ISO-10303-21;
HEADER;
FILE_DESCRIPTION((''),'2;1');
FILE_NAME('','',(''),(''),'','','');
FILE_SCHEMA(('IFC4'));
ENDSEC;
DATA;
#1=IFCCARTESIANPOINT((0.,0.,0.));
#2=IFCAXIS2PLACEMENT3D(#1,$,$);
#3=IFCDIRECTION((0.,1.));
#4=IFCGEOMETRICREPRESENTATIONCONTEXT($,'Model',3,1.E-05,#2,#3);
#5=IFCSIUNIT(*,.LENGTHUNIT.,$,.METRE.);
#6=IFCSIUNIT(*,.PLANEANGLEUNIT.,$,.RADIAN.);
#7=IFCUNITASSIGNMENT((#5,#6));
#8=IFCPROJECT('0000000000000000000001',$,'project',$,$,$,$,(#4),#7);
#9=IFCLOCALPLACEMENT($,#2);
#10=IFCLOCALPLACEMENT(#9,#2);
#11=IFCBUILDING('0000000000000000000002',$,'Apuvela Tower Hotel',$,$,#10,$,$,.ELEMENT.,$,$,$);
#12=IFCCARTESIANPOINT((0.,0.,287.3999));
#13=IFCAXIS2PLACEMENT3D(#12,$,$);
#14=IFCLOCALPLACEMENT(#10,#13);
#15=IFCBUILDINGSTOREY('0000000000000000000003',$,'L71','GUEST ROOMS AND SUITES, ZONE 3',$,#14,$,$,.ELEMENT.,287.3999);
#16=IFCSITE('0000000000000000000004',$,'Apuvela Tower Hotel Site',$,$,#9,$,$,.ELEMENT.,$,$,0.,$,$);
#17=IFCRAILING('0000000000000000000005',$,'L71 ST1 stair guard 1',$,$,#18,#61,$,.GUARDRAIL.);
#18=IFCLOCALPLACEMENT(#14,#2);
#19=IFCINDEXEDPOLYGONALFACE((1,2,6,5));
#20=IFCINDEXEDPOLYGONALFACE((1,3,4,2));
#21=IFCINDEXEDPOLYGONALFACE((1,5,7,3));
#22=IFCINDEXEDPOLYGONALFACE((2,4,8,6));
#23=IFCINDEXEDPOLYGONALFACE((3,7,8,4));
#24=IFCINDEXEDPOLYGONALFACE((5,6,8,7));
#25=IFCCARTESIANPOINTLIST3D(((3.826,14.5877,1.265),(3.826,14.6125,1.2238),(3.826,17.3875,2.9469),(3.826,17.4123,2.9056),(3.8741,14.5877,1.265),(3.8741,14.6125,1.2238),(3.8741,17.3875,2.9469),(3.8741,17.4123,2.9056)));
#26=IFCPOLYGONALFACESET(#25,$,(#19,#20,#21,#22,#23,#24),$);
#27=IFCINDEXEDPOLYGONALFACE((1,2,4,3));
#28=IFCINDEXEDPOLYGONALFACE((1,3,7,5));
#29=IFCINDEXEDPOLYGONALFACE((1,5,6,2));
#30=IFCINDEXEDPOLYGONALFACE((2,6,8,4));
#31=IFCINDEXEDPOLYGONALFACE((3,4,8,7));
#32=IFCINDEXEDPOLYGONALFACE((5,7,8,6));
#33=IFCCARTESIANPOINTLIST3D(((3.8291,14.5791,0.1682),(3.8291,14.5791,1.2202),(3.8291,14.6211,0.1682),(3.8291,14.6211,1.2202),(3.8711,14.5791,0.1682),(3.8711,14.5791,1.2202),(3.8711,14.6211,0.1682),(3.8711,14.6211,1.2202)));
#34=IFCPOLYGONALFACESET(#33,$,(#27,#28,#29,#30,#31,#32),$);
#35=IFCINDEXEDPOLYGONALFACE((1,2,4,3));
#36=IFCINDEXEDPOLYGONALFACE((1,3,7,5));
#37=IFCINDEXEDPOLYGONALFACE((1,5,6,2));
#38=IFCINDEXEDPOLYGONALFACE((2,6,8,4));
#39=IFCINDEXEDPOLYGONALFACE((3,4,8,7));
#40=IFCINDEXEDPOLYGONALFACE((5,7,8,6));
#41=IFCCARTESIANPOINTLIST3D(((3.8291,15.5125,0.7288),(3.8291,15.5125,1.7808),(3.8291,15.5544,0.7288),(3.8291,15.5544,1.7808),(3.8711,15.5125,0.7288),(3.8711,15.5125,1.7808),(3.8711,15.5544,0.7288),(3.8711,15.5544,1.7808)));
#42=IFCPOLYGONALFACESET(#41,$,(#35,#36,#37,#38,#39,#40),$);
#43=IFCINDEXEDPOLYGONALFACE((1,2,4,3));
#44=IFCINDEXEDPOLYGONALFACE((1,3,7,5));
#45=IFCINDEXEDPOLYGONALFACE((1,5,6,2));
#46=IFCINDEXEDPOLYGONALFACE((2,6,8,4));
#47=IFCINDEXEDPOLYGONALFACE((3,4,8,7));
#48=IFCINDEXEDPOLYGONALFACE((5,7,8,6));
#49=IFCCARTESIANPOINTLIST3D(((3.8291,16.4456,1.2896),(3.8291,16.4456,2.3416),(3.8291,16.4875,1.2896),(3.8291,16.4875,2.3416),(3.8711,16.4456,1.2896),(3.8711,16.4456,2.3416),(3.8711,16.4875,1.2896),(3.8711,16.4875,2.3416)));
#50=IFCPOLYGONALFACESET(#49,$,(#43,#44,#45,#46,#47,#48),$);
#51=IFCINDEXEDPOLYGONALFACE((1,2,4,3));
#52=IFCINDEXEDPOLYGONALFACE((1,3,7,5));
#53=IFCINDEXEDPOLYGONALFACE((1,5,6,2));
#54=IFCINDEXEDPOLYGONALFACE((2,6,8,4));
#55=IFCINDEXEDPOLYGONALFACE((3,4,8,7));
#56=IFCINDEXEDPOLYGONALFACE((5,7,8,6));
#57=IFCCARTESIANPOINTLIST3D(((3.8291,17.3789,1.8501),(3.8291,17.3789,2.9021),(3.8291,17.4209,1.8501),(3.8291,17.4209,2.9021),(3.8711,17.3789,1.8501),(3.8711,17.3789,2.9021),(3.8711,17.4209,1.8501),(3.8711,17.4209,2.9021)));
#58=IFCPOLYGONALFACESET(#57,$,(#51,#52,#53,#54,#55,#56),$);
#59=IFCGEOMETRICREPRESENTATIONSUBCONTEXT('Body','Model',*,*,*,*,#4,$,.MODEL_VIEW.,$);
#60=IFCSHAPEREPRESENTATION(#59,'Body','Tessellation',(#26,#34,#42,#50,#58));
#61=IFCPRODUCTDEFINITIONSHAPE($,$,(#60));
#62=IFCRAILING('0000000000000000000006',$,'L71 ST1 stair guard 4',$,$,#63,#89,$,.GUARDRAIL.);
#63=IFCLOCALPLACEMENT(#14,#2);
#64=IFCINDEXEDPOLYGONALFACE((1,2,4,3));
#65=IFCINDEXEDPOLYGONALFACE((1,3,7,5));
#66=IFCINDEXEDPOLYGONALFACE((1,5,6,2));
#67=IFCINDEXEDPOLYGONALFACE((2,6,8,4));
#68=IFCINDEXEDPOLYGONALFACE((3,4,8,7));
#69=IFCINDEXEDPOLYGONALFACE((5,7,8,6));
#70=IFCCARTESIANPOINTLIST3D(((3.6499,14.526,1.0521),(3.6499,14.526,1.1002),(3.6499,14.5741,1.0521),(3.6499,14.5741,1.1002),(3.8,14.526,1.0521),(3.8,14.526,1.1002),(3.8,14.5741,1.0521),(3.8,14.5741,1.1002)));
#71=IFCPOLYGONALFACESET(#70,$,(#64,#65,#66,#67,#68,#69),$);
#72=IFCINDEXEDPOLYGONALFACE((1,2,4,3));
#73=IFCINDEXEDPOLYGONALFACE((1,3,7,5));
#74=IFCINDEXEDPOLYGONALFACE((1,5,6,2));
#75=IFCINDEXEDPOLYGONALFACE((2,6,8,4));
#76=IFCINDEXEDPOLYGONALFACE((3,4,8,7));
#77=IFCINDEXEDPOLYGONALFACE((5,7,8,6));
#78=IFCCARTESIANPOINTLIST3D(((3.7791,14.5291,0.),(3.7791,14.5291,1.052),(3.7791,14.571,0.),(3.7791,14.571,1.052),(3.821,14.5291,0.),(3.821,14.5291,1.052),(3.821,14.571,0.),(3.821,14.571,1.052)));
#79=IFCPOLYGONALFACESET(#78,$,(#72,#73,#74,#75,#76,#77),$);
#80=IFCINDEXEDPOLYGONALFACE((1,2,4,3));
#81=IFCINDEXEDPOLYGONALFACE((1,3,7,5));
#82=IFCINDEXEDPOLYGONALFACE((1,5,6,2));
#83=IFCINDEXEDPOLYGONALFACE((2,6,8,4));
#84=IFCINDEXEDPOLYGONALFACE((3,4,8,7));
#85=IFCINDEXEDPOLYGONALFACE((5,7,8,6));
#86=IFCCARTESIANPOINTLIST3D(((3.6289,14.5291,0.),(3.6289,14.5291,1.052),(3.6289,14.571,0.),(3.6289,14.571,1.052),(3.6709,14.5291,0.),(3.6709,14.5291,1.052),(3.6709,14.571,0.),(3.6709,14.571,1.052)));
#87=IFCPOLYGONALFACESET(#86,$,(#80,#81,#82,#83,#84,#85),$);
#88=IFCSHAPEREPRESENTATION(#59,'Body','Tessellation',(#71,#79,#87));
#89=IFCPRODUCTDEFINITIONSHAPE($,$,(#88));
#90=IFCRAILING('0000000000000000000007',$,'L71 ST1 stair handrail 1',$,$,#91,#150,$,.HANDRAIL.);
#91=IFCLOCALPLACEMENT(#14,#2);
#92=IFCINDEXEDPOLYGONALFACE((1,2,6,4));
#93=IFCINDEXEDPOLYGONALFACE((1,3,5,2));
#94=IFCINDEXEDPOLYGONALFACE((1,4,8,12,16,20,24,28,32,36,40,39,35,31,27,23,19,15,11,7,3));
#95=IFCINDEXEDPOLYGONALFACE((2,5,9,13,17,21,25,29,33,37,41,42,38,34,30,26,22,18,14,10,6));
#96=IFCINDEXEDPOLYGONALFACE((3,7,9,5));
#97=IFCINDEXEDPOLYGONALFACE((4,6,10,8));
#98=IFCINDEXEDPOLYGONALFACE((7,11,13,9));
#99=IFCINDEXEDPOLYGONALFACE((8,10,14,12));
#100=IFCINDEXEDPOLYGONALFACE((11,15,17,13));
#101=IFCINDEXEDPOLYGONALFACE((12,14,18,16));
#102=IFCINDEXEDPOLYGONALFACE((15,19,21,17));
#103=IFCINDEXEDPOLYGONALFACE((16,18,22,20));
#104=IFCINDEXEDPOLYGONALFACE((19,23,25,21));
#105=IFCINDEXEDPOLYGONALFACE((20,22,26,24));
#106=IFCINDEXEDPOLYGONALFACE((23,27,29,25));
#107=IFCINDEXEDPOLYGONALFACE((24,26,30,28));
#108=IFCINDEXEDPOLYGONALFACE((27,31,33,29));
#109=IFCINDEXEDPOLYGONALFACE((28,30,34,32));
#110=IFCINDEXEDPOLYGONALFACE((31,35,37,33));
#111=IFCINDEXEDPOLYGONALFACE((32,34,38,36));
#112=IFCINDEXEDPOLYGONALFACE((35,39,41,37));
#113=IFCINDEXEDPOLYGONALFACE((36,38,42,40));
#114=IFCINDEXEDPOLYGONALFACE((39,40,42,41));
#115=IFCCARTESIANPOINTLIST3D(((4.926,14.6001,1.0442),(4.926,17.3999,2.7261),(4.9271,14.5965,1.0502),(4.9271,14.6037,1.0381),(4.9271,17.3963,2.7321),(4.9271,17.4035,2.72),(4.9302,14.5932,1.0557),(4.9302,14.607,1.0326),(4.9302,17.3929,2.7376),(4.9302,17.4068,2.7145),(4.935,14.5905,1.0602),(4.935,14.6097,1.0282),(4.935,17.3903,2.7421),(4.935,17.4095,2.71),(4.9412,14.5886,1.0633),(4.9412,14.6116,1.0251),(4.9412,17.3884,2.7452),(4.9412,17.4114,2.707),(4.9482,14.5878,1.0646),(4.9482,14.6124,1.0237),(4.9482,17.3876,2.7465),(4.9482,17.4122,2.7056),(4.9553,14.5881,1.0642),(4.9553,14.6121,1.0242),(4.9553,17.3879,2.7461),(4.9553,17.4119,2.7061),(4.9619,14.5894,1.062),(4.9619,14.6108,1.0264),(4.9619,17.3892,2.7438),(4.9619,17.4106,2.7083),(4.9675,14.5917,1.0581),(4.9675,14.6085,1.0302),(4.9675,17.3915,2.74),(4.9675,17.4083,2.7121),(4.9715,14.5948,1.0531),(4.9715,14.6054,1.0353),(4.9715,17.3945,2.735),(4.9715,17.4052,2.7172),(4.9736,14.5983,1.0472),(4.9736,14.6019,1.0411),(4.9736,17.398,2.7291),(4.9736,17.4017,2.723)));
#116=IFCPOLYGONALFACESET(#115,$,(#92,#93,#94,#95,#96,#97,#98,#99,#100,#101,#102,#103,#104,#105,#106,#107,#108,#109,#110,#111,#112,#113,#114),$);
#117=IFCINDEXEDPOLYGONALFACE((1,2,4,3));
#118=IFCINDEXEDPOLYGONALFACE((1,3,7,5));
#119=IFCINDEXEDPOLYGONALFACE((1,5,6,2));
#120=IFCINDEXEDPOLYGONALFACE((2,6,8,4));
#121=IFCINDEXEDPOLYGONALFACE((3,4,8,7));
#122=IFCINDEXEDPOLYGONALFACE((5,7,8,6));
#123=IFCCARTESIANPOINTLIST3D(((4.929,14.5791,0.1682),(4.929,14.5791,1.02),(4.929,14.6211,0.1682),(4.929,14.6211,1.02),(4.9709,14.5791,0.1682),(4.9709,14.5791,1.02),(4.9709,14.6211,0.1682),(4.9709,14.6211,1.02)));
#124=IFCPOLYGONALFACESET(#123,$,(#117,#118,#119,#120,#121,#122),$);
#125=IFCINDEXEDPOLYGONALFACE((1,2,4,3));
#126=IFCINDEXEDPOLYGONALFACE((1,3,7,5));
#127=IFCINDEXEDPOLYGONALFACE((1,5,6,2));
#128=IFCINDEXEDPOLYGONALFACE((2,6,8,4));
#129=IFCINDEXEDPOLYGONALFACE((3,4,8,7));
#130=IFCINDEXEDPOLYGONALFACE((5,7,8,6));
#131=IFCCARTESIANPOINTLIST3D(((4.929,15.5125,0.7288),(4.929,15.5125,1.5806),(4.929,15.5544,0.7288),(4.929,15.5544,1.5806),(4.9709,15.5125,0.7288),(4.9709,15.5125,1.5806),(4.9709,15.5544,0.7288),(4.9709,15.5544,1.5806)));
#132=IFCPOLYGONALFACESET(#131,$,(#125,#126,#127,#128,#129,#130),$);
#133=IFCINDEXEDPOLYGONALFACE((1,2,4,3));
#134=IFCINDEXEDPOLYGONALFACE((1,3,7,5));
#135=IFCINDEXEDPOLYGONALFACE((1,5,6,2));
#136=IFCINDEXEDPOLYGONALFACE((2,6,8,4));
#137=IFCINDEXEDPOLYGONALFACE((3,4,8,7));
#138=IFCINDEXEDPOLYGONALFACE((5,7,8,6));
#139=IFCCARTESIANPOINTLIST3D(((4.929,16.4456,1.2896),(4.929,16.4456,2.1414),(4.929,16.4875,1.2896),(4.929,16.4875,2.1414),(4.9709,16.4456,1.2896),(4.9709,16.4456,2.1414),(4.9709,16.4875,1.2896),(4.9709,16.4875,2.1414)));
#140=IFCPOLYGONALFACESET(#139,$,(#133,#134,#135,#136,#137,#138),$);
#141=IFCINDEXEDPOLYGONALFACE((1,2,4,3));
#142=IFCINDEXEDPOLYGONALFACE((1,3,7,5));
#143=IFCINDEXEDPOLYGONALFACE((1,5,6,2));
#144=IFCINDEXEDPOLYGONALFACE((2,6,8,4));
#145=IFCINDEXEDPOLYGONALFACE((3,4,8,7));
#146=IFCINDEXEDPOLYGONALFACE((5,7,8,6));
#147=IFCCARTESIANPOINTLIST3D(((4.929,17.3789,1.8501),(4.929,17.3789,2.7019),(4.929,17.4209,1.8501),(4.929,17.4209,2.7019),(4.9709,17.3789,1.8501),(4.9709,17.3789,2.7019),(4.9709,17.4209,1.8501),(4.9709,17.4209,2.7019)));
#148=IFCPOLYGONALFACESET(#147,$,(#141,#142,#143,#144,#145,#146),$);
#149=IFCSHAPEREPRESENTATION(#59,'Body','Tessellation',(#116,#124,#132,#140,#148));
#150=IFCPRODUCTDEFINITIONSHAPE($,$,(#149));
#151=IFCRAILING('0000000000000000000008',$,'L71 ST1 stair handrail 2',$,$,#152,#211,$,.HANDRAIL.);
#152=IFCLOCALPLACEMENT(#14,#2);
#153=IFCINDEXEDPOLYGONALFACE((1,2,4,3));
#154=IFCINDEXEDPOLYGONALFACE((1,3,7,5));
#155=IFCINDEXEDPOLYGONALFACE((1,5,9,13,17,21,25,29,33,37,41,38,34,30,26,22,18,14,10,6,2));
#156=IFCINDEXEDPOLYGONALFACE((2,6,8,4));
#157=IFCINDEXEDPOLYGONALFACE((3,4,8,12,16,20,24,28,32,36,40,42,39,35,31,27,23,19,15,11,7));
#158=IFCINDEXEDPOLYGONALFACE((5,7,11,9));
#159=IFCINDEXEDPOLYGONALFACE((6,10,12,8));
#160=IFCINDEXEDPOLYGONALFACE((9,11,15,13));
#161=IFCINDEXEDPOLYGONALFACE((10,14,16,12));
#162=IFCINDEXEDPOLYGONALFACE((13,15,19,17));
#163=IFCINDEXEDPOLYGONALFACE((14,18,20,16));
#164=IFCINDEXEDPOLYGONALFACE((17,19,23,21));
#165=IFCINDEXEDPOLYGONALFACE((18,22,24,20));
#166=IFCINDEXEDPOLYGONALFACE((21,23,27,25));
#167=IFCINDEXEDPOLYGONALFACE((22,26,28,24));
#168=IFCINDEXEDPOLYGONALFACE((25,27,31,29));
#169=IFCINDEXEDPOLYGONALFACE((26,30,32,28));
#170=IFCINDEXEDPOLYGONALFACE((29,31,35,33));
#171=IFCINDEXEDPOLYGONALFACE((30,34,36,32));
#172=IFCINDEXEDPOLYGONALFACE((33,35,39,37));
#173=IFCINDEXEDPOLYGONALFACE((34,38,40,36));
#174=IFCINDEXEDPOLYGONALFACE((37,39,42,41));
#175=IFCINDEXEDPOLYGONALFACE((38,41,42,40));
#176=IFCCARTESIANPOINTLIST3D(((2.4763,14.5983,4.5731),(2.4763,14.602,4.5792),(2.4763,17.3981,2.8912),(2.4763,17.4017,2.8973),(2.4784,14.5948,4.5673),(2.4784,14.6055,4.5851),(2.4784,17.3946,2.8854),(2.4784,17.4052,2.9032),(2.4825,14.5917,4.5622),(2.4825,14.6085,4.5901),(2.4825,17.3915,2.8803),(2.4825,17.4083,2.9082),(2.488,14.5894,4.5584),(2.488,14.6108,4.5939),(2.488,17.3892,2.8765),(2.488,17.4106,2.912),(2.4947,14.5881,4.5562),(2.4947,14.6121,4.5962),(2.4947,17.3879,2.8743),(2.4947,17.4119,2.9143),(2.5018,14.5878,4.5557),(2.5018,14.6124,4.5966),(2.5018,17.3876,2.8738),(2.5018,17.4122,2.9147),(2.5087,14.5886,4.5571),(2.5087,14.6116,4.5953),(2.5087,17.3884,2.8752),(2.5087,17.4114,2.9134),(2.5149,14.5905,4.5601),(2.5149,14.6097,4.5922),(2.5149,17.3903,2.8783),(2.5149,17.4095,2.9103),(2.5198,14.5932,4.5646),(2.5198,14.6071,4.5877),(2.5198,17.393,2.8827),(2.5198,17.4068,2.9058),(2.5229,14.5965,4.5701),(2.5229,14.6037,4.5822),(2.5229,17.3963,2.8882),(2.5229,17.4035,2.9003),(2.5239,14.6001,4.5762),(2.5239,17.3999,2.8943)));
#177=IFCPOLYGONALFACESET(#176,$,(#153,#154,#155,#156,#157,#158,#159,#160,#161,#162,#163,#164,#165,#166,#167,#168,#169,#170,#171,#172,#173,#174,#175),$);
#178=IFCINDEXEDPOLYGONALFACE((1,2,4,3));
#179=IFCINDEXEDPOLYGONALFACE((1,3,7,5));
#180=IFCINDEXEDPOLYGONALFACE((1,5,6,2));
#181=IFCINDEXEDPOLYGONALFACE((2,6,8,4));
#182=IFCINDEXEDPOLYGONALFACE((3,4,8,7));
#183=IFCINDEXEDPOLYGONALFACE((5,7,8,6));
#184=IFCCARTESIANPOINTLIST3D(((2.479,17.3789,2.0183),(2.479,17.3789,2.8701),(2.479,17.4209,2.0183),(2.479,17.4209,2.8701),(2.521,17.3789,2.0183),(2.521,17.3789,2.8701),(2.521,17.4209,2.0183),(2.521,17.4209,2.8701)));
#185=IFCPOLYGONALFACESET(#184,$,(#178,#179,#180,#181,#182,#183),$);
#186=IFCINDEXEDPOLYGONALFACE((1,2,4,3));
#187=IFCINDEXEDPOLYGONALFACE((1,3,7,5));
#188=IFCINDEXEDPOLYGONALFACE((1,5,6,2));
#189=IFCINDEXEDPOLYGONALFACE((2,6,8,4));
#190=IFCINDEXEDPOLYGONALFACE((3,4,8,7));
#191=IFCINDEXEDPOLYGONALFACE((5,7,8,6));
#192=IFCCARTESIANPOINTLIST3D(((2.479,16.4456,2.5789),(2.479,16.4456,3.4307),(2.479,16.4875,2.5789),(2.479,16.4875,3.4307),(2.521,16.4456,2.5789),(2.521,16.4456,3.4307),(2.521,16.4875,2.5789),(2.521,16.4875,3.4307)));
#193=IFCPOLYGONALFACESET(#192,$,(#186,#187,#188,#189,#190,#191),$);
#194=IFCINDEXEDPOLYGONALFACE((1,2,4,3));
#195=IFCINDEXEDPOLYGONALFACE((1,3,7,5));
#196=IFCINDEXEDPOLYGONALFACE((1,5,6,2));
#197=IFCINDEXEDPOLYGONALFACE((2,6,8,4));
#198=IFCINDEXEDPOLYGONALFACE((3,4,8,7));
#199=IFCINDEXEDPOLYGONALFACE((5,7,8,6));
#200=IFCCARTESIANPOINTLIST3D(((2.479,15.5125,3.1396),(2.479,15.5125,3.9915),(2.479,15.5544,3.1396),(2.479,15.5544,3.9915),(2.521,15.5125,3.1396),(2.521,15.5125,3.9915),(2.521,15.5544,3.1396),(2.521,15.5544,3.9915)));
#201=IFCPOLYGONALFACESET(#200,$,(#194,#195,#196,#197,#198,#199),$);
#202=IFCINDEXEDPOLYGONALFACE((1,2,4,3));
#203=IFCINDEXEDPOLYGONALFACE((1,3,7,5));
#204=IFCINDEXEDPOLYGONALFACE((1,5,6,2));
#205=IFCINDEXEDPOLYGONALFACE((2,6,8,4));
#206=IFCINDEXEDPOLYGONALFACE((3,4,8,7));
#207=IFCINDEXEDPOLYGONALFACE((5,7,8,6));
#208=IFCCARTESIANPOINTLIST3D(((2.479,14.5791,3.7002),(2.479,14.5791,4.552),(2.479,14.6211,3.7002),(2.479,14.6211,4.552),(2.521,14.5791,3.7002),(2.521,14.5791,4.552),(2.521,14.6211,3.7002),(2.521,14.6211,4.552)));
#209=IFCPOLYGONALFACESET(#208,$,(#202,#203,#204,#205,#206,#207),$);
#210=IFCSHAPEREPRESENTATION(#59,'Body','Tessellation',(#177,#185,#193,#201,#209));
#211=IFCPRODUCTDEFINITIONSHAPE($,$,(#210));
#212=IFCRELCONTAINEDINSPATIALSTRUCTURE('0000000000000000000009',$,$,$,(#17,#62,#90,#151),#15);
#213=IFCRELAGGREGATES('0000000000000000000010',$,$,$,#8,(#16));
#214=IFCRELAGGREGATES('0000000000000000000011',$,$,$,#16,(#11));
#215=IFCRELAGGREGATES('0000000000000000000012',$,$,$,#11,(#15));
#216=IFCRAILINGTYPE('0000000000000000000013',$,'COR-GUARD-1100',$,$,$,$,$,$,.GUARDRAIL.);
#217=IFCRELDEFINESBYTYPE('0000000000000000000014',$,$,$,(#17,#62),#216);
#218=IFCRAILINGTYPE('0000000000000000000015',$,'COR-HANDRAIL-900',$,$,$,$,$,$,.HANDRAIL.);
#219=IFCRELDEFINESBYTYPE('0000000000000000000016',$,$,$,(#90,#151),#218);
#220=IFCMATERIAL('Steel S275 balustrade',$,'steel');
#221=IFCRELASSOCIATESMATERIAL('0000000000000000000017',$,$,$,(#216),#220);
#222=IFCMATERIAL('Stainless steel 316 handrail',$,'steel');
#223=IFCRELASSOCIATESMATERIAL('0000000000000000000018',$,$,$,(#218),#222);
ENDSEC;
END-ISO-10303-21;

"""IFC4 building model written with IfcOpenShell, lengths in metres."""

from ifc_helpers import new_model, si_unit, direction, frame, origin, origin_2d, place, context, subcontext, project, spatial, rectangle, circle, extrude, material, type_object, element, save


model = new_model("IFC4")

# Units and contexts
model_context = context("Model", 3, precision=1e-05, world=origin(), true_north=direction((0.0, 1.0)))
body_context = subcontext(model_context, "Body", "Model", "MODEL_VIEW")
ifc_project = project(units=[si_unit("LENGTHUNIT", "METRE"), si_unit("PLANEANGLEUNIT", "RADIAN")], contexts=[model_context])

# Site, building, storey
site_placement = place(None, origin())
site = spatial("IfcSite", under=ifc_project, at=site_placement, Name="Apuvela Tower Hotel Site", CompositionType="ELEMENT", RefElevation=0.0)
building_placement = place(site_placement, origin())
building = spatial("IfcBuilding", under=site, at=building_placement, Name="Apuvela Tower Hotel", CompositionType="ELEMENT")
storey_placement = place(building_placement, frame((0.0, 0.0, 287.3999)))
storey = spatial("IfcBuildingStorey", under=building, at=storey_placement, Name="L71", Description="GUEST ROOMS AND SUITES, ZONE 3", CompositionType="ELEMENT", Elevation=287.3999)

# Railings
ifc_material_1 = material(Name="Steel S275 balustrade", Category="steel")
railing_type_1 = type_object("IfcRailingType", Name="COR-GUARD-1100", PredefinedType="GUARDRAIL", material=ifc_material_1)
railing_1_placement = place(storey_placement, frame((3.8501, 14.6001, 0.1682)))
element("IfcRailing", 1, at=railing_1_placement, inside=storey, type_object=railing_type_1, Name="L71 ST1 stair guard 1", PredefinedType="GUARDRAIL", context=body_context, shape_type="SweptSolid", body=[
    extrude(rectangle(XDim=0.0481, YDim=0.0481, at=origin_2d()), frame((0.0, 0.0, 1.0762), z_axis=(0.0, 0.857222, 0.514946), x_axis=(-1.0, 0.0, 0.0)), (0.0, 0.0, 1.0), 3.2661),
    extrude(rectangle(XDim=0.042, YDim=0.042, at=origin_2d()), origin(), (0.0, 0.0, 1.0), 1.052),
    extrude(rectangle(XDim=0.042, YDim=0.042, at=origin_2d()), frame((0.0, 0.9333, 0.5605)), (0.0, 0.0, 1.0), 1.052),
    extrude(rectangle(XDim=0.042, YDim=0.042, at=origin_2d()), frame((0.0, 1.8665, 1.1213)), (0.0, 0.0, 1.0), 1.052),
    extrude(rectangle(XDim=0.042, YDim=0.042, at=origin_2d()), frame((0.0, 2.7998, 1.6819)), (0.0, 0.0, 1.0), 1.052),
])
railing_2_placement = place(storey_placement, frame((3.8, 14.55, 0.0)))
element("IfcRailing", 2, at=railing_2_placement, inside=storey, type_object=railing_type_1, Name="L71 ST1 stair guard 4", PredefinedType="GUARDRAIL", context=body_context, shape_type="SweptSolid", body=[
    extrude(rectangle(XDim=0.0481, YDim=0.0481, at=origin_2d()), frame((0.0, 0.0, 1.0762), z_axis=(-1.0, 0.0, 0.0), x_axis=(0.0, -1.0, 0.0)), (0.0, 0.0, 1.0), 0.1501),
    extrude(rectangle(XDim=0.042, YDim=0.042, at=origin_2d()), origin(), (0.0, 0.0, 1.0), 1.052),
    extrude(rectangle(XDim=0.042, YDim=0.042, at=origin_2d()), frame((-0.1501, 0.0, 0.0)), (0.0, 0.0, 1.0), 1.052),
])
ifc_material_2 = material(Name="Stainless steel 316 handrail", Category="steel")
railing_type_2 = type_object("IfcRailingType", Name="COR-HANDRAIL-900", PredefinedType="HANDRAIL", material=ifc_material_2)
railing_3_placement = place(storey_placement, frame((4.95, 14.6001, 0.1682)))
element("IfcRailing", 3, at=railing_3_placement, inside=storey, type_object=railing_type_2, Name="L71 ST1 stair handrail 1", PredefinedType="HANDRAIL", context=body_context, shape_type="SweptSolid", body=[
    extrude(circle(Radius=0.0239, at=origin_2d()), frame((0.0, 0.0, 0.876), z_axis=(0.0, 0.857222, 0.514946), x_axis=(-1.0, 0.0, 0.0)), (0.0, 0.0, 1.0), 3.2661),
    extrude(rectangle(XDim=0.042, YDim=0.042, at=origin_2d()), origin(), (0.0, 0.0, 1.0), 0.8518),
    extrude(rectangle(XDim=0.042, YDim=0.042, at=origin_2d()), frame((0.0, 0.9333, 0.5605)), (0.0, 0.0, 1.0), 0.8518),
    extrude(rectangle(XDim=0.042, YDim=0.042, at=origin_2d()), frame((0.0, 1.8665, 1.1213)), (0.0, 0.0, 1.0), 0.8518),
    extrude(rectangle(XDim=0.042, YDim=0.042, at=origin_2d()), frame((0.0, 2.7998, 1.6819)), (0.0, 0.0, 1.0), 0.8518),
])
railing_4_placement = place(storey_placement, frame((2.5, 17.3999, 2.0183)))
element("IfcRailing", 4, at=railing_4_placement, inside=storey, type_object=railing_type_2, Name="L71 ST1 stair handrail 2", PredefinedType="HANDRAIL", context=body_context, shape_type="SweptSolid", body=[
    extrude(circle(Radius=0.0239, at=origin_2d()), frame((0.0, 0.0, 0.876), z_axis=(0.0, -0.857222, 0.514946), x_axis=(1.0, 0.0, 0.0)), (0.0, 0.0, 1.0), 3.2661),
    extrude(rectangle(XDim=0.042, YDim=0.042, at=origin_2d()), origin(), (0.0, 0.0, 1.0), 0.8518),
    extrude(rectangle(XDim=0.042, YDim=0.042, at=origin_2d()), frame((0.0, -0.9333, 0.5605)), (0.0, 0.0, 1.0), 0.8518),
    extrude(rectangle(XDim=0.042, YDim=0.042, at=origin_2d()), frame((0.0, -1.8665, 1.1213)), (0.0, 0.0, 1.0), 0.8518),
    extrude(rectangle(XDim=0.042, YDim=0.042, at=origin_2d()), frame((0.0, -2.7998, 1.6819)), (0.0, 0.0, 1.0), 0.8518),
])

save(model, "model.ifc")
